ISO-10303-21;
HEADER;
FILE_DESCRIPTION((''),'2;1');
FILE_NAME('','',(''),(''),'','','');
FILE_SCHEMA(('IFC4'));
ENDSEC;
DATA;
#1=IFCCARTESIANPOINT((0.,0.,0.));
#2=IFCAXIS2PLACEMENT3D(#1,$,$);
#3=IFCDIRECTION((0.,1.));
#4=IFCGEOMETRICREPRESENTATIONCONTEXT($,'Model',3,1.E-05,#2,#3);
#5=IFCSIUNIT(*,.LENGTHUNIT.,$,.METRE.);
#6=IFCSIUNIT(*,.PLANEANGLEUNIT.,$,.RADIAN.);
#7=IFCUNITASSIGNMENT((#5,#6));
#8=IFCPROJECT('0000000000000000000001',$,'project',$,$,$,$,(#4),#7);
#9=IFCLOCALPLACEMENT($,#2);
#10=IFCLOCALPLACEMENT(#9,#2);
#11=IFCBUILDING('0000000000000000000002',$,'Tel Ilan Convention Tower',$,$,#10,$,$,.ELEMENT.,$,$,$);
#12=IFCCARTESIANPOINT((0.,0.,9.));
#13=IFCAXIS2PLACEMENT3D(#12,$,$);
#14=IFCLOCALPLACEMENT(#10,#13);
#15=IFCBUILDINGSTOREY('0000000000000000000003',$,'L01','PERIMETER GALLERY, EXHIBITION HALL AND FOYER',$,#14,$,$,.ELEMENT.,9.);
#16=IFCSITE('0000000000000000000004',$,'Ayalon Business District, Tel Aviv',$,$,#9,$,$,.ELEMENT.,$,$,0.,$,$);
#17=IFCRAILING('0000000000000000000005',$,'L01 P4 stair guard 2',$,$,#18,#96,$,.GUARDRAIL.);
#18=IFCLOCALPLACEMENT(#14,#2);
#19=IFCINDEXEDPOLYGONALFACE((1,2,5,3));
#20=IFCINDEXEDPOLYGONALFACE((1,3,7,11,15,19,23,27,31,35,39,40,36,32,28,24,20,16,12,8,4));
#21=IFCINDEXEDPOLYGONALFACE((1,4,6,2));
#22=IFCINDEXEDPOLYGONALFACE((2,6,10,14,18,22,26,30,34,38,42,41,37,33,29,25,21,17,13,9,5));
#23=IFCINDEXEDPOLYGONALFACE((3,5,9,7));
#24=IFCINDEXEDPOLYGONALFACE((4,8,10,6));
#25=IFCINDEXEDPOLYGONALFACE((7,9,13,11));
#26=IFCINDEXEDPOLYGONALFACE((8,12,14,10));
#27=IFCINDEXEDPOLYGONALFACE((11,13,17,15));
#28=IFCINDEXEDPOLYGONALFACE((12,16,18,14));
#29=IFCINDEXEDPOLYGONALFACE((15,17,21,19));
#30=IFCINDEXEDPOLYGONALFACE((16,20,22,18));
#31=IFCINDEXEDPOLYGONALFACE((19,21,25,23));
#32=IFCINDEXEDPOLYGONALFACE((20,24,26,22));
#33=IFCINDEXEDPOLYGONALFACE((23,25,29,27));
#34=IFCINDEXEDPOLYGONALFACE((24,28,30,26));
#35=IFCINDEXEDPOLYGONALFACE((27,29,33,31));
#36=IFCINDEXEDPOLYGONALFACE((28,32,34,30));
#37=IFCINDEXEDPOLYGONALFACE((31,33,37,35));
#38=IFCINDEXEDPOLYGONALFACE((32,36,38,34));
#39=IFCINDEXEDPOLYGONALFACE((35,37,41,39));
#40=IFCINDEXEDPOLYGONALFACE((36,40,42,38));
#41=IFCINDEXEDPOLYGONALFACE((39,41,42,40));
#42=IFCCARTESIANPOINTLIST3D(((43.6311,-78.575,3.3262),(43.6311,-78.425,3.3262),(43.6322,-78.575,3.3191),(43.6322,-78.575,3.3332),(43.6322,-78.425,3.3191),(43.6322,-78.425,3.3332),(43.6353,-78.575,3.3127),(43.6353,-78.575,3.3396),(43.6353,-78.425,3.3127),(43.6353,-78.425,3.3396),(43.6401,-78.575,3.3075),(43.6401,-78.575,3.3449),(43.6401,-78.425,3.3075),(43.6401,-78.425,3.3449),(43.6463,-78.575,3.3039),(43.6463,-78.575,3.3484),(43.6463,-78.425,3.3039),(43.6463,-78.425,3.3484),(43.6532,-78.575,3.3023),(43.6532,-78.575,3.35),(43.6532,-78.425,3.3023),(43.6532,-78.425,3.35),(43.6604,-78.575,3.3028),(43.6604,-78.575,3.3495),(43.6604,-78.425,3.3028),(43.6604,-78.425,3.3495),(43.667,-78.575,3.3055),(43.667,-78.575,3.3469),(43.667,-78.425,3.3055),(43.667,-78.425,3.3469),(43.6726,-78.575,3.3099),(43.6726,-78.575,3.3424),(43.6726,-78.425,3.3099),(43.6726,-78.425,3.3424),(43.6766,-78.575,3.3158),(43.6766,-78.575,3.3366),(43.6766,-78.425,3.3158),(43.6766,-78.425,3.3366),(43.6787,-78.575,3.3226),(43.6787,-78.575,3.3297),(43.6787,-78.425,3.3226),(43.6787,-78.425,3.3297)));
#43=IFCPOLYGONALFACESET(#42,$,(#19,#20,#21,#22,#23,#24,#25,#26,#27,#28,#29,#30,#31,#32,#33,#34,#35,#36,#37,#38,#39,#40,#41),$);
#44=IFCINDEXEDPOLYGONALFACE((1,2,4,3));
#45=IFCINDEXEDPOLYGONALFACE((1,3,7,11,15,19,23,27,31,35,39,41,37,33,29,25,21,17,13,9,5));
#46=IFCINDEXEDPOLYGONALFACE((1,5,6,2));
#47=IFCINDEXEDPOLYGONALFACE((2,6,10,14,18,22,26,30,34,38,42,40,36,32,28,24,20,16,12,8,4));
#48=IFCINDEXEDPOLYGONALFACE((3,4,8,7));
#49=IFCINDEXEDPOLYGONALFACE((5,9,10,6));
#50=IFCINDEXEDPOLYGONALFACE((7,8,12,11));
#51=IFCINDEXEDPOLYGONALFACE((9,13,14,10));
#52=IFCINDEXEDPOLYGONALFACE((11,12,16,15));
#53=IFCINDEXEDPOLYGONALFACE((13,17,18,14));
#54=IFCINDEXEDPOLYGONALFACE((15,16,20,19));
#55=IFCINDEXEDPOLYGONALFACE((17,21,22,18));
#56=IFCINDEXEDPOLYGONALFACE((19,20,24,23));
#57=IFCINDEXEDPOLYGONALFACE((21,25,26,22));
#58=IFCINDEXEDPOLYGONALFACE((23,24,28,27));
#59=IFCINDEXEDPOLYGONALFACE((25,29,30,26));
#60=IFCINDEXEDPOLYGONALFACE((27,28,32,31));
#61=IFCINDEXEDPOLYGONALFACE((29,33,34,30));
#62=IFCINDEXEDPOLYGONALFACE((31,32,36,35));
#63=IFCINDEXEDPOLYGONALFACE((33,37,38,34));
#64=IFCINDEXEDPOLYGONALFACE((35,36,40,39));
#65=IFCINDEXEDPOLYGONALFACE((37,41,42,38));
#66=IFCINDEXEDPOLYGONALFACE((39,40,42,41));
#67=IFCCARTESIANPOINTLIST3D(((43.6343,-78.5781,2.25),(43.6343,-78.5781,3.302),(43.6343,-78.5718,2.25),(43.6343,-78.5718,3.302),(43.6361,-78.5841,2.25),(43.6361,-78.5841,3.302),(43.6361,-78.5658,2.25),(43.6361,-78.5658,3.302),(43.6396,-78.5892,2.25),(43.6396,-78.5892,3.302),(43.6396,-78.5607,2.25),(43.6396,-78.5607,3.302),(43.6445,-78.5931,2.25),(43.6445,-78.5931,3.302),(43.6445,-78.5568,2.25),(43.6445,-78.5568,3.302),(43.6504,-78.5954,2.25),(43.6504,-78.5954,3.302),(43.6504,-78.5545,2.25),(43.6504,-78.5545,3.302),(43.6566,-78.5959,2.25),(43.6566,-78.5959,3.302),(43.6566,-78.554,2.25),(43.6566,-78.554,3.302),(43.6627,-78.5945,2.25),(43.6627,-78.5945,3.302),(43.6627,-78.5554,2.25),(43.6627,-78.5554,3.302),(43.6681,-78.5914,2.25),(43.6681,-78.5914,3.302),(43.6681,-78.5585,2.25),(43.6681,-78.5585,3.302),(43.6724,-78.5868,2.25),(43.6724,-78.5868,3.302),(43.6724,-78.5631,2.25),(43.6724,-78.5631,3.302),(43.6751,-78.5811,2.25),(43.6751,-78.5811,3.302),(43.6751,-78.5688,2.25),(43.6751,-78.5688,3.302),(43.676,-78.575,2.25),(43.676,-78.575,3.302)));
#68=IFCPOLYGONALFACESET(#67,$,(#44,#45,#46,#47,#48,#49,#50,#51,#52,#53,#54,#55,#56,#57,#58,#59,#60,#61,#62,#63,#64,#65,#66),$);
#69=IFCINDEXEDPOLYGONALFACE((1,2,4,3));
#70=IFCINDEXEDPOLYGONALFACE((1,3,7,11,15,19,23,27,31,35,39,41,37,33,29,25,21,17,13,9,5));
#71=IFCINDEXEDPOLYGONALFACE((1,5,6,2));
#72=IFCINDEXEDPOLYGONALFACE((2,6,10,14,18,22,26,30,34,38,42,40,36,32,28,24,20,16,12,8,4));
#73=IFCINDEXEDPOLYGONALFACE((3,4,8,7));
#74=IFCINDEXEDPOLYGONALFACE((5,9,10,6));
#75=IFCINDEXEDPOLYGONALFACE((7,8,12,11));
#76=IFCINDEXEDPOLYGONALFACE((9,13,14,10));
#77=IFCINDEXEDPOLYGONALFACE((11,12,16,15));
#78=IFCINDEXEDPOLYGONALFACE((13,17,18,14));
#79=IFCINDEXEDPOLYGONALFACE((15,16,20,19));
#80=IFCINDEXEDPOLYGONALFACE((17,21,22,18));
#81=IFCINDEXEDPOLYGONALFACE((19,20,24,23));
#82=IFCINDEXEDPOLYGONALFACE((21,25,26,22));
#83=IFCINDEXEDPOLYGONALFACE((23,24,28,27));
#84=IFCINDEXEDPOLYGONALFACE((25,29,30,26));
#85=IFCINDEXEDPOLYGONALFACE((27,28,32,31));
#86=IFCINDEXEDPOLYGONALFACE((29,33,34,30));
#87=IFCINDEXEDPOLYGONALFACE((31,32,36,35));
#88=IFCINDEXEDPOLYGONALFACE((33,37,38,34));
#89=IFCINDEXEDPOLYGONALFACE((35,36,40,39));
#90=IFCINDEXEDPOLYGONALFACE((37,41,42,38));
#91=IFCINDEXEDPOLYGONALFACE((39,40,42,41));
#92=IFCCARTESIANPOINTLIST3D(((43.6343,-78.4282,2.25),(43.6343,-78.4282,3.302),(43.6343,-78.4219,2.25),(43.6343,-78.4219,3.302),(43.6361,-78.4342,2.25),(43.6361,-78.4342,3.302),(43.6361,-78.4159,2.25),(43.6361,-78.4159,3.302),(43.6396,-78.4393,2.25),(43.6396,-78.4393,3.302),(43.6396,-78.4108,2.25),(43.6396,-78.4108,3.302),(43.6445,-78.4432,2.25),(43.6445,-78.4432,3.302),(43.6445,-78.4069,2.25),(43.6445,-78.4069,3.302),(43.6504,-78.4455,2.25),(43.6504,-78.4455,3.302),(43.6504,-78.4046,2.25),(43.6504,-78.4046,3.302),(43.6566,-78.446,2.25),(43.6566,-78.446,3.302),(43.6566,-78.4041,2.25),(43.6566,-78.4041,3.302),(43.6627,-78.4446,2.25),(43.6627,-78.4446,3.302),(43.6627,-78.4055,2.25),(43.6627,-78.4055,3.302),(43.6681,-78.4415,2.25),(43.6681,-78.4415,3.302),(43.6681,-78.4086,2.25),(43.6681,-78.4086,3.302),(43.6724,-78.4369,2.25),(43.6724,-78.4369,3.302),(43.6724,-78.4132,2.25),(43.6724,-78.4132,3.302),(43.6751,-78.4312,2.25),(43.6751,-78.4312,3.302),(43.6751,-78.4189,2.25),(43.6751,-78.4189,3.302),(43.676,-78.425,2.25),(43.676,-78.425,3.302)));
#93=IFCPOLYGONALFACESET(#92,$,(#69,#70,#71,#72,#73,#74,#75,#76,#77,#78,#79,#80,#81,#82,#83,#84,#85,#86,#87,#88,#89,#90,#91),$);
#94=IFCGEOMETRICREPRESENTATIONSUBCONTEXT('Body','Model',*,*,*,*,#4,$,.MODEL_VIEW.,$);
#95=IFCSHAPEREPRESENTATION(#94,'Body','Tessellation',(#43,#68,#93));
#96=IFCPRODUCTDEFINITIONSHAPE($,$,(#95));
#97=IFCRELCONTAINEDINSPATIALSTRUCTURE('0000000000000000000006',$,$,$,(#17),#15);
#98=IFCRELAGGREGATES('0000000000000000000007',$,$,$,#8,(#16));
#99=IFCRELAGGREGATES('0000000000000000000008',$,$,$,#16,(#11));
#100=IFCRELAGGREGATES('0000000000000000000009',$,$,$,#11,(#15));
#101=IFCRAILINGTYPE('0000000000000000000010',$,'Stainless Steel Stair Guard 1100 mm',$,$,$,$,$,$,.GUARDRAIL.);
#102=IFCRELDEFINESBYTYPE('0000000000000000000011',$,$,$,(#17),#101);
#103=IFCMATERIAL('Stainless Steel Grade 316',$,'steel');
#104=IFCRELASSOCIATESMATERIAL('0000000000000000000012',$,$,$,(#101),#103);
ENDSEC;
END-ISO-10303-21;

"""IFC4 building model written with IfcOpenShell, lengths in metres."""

from ifc_helpers import new_model, si_unit, direction, frame, origin, origin_2d, place, context, subcontext, project, spatial, circle, extrude, material, type_object, element, save


model = new_model("IFC4")

# Units and contexts
model_context = context("Model", 3, precision=1e-05, world=origin(), true_north=direction((0.0, 1.0)))
body_context = subcontext(model_context, "Body", "Model", "MODEL_VIEW")
ifc_project = project(units=[si_unit("LENGTHUNIT", "METRE"), si_unit("PLANEANGLEUNIT", "RADIAN")], contexts=[model_context])

# Site, building, storey
site_placement = place(None, origin())
site = spatial("IfcSite", under=ifc_project, at=site_placement, Name="Ayalon Business District, Tel Aviv", CompositionType="ELEMENT", RefElevation=0.0)
building_placement = place(site_placement, origin())
building = spatial("IfcBuilding", under=site, at=building_placement, Name="Tel Ilan Convention Tower", CompositionType="ELEMENT")
storey_placement = place(building_placement, frame((0.0, 0.0, 9.0)))
storey = spatial("IfcBuildingStorey", under=building, at=storey_placement, Name="L01", Description="PERIMETER GALLERY, EXHIBITION HALL AND FOYER", CompositionType="ELEMENT", Elevation=9.0)

# Railing
ifc_material_1 = material(Name="Stainless Steel Grade 316", Category="steel")
railing_type_1 = type_object("IfcRailingType", Name="Stainless Steel Stair Guard 1100 mm", PredefinedType="GUARDRAIL", material=ifc_material_1)
railing_1_placement = place(storey_placement, frame((43.655, -78.575, 2.25)))
element("IfcRailing", 1, at=railing_1_placement, inside=storey, type_object=railing_type_1, Name="L01 P4 stair guard 2", PredefinedType="GUARDRAIL", context=body_context, shape_type="SweptSolid", body=[
    extrude(circle(Radius=0.0239, at=origin_2d()), frame((0.0, 0.0, 1.0762), z_axis=(0.0, 1.0, 0.0), x_axis=(-1.0, 0.0, 0.0)), (0.0, 0.0, 1.0), 0.1499),
    extrude(circle(Radius=0.021, at=origin_2d()), origin(), (0.0, 0.0, 1.0), 1.052),
    extrude(circle(Radius=0.021, at=origin_2d()), frame((0.0, 0.1499, 0.0)), (0.0, 0.0, 1.0), 1.052),
])

save(model, "model.ifc")
